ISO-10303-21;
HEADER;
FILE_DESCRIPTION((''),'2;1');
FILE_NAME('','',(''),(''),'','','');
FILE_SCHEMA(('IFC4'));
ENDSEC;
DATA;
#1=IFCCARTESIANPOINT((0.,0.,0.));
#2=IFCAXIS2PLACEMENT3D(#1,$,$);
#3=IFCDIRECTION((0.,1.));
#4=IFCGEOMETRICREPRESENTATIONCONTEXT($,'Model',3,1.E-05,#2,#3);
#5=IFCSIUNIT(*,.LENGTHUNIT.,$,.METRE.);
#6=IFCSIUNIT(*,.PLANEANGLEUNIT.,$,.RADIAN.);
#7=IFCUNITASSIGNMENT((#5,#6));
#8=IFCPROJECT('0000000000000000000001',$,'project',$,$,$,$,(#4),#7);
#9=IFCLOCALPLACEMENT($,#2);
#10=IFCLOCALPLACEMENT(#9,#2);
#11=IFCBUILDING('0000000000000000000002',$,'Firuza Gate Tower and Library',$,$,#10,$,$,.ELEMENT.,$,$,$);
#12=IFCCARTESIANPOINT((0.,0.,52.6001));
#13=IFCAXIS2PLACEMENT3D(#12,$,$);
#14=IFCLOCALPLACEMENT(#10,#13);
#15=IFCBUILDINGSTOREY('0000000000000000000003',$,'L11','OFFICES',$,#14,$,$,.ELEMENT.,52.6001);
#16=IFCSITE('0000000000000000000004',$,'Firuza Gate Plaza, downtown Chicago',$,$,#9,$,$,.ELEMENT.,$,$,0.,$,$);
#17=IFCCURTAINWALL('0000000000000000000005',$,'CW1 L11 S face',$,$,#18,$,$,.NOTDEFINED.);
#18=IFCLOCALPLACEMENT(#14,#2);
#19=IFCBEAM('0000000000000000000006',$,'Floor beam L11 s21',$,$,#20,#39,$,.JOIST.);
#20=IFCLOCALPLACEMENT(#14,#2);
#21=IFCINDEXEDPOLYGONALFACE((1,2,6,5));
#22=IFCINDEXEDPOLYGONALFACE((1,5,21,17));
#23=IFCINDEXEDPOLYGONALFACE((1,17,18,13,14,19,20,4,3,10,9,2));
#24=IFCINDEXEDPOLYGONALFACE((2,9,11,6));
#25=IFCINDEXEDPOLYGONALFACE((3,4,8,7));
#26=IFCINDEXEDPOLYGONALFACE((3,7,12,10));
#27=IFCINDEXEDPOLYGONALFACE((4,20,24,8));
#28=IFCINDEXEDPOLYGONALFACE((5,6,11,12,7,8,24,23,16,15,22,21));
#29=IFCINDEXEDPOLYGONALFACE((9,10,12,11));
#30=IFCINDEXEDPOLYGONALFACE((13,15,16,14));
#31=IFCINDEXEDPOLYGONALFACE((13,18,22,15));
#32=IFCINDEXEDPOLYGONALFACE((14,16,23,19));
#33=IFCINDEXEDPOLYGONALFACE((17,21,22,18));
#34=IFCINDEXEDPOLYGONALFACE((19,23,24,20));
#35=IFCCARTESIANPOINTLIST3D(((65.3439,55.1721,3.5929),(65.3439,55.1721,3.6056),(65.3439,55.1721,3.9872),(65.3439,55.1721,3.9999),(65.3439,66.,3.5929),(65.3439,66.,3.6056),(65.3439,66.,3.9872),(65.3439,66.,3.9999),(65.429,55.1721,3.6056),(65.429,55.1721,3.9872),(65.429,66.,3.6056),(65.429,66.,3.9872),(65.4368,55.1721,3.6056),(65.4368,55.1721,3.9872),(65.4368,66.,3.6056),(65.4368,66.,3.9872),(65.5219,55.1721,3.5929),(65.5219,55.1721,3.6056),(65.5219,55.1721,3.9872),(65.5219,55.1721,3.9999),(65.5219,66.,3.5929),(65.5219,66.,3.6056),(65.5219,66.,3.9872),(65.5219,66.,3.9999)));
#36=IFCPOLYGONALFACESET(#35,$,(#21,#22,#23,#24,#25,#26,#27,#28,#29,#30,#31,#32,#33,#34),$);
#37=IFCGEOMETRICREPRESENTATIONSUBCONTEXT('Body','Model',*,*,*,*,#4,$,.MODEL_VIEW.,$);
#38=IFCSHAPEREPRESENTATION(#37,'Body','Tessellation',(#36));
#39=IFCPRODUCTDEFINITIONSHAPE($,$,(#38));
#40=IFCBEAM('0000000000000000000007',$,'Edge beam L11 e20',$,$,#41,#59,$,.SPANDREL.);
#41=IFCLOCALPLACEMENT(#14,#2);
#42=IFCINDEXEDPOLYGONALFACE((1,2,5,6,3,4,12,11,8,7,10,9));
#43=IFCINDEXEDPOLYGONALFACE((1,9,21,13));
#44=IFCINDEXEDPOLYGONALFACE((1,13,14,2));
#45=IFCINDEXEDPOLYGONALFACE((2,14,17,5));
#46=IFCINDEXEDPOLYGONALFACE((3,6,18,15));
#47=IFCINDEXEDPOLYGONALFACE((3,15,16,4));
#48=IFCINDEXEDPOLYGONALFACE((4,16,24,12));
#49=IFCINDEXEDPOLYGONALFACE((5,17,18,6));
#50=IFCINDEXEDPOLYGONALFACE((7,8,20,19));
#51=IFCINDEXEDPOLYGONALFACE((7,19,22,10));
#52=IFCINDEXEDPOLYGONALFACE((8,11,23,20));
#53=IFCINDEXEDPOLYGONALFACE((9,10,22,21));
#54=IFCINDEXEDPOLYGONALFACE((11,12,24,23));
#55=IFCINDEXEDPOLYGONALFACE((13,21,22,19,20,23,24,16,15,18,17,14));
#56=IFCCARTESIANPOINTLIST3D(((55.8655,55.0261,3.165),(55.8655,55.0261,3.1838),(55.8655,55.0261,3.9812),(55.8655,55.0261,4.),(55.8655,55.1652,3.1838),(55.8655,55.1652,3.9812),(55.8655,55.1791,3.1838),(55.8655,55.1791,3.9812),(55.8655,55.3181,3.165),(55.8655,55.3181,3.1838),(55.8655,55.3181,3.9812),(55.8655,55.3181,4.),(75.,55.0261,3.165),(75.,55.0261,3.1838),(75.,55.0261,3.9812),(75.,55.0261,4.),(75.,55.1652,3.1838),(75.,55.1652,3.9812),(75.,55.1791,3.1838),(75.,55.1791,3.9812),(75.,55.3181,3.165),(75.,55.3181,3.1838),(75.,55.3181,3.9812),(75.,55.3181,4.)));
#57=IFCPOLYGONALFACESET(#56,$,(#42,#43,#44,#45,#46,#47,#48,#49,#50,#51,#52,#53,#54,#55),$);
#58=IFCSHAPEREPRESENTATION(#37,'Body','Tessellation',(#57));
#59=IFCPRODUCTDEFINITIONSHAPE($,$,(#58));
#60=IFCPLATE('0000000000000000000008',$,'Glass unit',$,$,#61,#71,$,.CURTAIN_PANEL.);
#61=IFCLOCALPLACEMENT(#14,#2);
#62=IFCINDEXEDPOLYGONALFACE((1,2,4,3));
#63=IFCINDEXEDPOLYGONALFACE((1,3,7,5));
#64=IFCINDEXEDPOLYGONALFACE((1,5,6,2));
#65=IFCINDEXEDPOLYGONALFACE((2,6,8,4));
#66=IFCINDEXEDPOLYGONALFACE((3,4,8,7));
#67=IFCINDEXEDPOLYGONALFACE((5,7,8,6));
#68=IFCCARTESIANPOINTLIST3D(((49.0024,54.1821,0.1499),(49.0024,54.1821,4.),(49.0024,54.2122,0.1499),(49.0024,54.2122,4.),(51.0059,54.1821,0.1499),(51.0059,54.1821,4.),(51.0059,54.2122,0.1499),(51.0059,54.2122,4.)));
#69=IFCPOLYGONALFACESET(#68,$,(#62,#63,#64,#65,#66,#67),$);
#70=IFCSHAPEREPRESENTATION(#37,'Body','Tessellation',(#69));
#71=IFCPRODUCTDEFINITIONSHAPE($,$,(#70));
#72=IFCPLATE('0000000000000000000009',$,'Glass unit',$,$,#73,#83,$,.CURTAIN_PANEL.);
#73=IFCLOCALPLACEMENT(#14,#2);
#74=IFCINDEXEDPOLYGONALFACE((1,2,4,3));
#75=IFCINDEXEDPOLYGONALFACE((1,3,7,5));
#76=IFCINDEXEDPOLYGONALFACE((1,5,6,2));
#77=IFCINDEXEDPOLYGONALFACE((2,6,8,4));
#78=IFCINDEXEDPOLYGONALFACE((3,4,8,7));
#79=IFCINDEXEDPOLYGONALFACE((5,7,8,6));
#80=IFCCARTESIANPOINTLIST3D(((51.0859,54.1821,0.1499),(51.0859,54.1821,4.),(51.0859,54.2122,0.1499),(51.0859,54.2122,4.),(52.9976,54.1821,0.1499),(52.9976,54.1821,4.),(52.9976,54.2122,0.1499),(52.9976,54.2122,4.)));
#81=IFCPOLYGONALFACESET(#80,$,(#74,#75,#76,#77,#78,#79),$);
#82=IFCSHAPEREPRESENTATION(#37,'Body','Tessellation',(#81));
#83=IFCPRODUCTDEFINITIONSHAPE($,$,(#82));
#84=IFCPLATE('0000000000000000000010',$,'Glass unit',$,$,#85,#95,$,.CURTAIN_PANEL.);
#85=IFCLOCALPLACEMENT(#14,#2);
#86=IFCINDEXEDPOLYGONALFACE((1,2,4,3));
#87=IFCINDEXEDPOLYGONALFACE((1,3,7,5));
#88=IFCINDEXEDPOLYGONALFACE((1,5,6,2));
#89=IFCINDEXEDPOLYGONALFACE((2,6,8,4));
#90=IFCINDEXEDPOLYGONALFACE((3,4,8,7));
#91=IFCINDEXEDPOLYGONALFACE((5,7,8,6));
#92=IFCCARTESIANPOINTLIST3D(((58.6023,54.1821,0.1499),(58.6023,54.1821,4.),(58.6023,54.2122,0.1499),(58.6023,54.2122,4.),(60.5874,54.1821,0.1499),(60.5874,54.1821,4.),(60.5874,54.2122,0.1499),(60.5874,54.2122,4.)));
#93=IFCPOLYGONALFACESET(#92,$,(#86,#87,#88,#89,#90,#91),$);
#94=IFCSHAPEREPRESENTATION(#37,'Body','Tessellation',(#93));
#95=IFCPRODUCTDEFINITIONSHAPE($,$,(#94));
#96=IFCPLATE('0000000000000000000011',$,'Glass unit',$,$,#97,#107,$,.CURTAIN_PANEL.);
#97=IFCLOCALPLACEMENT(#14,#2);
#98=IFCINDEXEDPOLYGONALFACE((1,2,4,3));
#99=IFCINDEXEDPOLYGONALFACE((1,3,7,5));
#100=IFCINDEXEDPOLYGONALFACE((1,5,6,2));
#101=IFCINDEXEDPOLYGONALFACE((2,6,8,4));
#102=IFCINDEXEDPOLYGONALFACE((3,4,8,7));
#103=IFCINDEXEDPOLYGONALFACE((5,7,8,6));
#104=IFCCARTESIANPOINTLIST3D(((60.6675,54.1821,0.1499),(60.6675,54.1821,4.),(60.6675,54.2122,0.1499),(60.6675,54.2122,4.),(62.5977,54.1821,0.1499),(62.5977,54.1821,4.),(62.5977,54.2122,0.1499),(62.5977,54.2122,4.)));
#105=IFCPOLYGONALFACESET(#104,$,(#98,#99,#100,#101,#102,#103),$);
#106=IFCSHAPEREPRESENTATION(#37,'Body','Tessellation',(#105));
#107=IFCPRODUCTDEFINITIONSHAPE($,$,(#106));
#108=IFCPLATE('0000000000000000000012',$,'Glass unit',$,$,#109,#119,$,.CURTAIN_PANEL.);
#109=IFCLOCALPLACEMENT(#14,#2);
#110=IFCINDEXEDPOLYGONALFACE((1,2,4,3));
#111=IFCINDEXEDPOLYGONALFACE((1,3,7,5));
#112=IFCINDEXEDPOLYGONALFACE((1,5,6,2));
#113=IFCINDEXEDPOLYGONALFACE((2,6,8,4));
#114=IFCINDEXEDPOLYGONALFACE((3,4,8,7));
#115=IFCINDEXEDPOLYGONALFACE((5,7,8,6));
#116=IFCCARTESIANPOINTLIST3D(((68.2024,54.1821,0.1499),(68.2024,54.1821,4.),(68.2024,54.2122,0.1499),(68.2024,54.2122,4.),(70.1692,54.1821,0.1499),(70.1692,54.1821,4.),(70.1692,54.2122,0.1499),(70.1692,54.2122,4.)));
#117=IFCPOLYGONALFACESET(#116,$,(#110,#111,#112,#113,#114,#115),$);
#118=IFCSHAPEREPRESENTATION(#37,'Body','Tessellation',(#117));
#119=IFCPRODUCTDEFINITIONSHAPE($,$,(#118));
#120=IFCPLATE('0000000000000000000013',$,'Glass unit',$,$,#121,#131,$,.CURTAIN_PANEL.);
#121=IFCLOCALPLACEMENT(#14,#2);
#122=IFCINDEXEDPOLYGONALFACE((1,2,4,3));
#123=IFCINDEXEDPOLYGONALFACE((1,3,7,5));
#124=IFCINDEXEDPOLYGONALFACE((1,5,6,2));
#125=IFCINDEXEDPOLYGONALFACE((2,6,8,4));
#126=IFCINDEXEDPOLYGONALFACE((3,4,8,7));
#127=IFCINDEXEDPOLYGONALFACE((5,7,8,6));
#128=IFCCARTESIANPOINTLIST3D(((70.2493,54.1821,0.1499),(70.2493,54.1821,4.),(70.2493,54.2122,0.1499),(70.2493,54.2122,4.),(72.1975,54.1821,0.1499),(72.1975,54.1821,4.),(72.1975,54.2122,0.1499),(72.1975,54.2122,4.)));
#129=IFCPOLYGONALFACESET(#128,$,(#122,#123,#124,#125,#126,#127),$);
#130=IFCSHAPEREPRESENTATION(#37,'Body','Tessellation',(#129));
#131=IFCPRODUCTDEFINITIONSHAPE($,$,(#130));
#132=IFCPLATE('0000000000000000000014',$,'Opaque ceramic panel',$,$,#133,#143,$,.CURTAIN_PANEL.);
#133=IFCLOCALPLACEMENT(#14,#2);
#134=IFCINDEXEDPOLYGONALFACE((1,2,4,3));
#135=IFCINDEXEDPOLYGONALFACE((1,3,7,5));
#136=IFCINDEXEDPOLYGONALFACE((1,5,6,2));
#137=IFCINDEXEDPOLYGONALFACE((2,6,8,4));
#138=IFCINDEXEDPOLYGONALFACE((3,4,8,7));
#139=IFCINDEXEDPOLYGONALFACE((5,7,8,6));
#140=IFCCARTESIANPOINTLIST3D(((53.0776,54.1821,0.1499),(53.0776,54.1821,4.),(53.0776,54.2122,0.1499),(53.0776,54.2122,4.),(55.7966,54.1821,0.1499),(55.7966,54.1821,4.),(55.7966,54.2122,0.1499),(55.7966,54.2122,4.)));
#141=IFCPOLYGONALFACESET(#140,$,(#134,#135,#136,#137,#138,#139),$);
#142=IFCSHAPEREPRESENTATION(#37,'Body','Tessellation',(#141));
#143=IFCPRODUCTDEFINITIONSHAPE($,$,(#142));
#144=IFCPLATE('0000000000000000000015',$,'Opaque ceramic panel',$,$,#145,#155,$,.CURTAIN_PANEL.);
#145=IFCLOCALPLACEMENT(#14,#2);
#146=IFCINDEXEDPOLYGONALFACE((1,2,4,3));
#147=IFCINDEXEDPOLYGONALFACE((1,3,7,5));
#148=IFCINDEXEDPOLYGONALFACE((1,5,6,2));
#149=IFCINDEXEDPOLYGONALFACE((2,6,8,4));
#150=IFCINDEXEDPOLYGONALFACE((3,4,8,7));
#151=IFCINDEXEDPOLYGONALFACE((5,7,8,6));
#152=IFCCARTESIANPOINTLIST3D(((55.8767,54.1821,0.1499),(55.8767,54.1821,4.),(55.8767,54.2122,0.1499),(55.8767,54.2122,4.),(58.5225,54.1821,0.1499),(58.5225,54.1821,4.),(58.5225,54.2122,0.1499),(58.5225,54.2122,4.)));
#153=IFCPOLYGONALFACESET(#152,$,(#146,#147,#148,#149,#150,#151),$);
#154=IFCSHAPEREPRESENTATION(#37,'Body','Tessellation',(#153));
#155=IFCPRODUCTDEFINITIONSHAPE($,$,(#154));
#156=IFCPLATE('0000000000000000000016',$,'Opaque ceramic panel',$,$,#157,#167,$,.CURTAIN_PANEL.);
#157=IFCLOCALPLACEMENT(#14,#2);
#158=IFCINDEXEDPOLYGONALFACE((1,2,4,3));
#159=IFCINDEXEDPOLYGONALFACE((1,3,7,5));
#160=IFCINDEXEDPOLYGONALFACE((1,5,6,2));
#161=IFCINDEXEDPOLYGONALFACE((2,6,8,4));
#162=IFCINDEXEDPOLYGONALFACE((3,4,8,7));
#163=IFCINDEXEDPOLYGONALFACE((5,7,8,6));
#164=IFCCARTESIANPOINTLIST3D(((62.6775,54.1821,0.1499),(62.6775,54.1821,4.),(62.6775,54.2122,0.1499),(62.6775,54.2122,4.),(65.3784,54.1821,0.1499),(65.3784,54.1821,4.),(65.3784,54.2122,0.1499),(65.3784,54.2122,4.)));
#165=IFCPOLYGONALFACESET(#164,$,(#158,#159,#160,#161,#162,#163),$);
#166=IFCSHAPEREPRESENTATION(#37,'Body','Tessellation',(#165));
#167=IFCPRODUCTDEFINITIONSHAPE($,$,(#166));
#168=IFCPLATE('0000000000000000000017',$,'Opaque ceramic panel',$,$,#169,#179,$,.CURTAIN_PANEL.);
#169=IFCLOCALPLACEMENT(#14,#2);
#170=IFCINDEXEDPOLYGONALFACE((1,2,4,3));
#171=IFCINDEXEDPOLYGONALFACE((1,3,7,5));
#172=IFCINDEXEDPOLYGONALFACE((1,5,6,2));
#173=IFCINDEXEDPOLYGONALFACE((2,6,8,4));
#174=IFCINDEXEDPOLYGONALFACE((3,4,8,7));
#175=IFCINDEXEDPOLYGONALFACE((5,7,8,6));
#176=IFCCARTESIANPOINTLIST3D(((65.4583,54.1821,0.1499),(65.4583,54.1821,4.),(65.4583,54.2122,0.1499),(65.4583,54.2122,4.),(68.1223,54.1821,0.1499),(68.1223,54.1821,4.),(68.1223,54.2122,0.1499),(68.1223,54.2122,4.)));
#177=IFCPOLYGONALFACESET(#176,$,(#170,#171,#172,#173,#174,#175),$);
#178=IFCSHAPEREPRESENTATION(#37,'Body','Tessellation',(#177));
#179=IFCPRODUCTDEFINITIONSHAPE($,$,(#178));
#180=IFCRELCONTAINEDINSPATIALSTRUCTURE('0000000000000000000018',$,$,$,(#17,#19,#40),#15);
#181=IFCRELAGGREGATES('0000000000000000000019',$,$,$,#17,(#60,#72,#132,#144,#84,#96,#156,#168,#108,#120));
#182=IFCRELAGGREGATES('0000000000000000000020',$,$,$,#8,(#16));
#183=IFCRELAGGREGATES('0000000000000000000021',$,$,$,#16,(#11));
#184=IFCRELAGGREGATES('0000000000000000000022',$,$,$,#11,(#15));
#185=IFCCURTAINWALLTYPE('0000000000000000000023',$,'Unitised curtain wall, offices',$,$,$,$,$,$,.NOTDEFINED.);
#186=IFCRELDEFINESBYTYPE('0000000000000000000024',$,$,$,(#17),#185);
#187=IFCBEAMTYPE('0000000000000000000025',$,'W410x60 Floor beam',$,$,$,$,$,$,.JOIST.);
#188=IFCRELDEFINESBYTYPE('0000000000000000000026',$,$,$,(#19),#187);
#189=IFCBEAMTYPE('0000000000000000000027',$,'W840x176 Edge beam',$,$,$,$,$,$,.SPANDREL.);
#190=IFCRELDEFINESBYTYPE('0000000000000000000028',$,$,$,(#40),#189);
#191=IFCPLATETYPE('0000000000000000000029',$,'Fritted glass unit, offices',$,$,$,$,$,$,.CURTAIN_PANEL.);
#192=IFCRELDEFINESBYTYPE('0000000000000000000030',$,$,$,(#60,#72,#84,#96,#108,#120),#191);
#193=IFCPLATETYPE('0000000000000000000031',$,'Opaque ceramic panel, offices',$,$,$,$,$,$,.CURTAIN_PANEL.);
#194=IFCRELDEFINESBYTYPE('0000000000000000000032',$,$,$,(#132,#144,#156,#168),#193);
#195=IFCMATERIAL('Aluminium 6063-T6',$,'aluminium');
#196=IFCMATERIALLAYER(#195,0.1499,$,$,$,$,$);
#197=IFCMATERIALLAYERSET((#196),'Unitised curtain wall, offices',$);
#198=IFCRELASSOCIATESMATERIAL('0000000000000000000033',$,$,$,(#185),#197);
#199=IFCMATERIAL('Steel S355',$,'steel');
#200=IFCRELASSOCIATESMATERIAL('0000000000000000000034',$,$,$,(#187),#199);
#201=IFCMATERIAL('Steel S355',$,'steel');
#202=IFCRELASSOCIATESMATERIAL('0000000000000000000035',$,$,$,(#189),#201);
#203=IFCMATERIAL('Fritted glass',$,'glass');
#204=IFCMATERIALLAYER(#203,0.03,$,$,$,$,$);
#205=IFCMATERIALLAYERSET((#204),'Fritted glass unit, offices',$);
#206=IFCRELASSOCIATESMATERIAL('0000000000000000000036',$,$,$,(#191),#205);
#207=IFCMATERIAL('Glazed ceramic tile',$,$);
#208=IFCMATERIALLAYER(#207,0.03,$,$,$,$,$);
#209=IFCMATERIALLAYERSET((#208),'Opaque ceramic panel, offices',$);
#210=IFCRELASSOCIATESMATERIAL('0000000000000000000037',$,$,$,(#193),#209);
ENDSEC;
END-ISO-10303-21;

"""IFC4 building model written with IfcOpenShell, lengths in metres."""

from ifc_helpers import new_model, si_unit, direction, frame, origin, origin_2d, place, context, subcontext, project, spatial, polyline, i_section, outline, extrude, material, layer, layer_set, material_profile, profile_set, type_object, element, aggregate, save


model = new_model("IFC4")

# Units and contexts
model_context = context("Model", 3, precision=1e-05, world=origin(), true_north=direction((0.0, 1.0)))
body_context = subcontext(model_context, "Body", "Model", "MODEL_VIEW")
ifc_project = project(units=[si_unit("LENGTHUNIT", "METRE"), si_unit("PLANEANGLEUNIT", "RADIAN")], contexts=[model_context])

# Site, building, storey
site_placement = place(None, origin())
site = spatial("IfcSite", under=ifc_project, at=site_placement, Name="Firuza Gate Plaza, downtown Chicago", CompositionType="ELEMENT", RefElevation=0.0)
building_placement = place(site_placement, origin())
building = spatial("IfcBuilding", under=site, at=building_placement, Name="Firuza Gate Tower and Library", CompositionType="ELEMENT")
storey_placement = place(building_placement, frame((0.0, 0.0, 52.6001)))
storey = spatial("IfcBuildingStorey", under=building, at=storey_placement, Name="L11", Description="OFFICES", CompositionType="ELEMENT", Elevation=52.6001)

# Curtain wall
ifc_material_1 = material(Name="Aluminium 6063-T6", Category="aluminium")
ifc_layer_1 = layer(ifc_material_1, 0.1499)
ifc_layer_set_1 = layer_set([ifc_layer_1], Name="Unitised curtain wall, offices")
curtain_wall_type = type_object("IfcCurtainWallType", Name="Unitised curtain wall, offices", PredefinedType="NOTDEFINED", material=ifc_layer_set_1)
curtain_wall_placement = place(storey_placement, origin())
curtain_wall = element("IfcCurtainWall", 1, at=curtain_wall_placement, inside=storey, type_object=curtain_wall_type, Name="CW1 L11 S face", PredefinedType="NOTDEFINED")

# Beams
ifc_material_2 = material(Name="Steel S355", Category="steel")
ifc_material_profile_1 = material_profile(ifc_material_2, i_section(OverallWidth=0.178, OverallDepth=0.407, WebThickness=0.0078, FlangeThickness=0.0127, at=origin_2d()))
ifc_profile_set_1 = profile_set([ifc_material_profile_1], Name="Steel S355")
beam_type_1 = type_object("IfcBeamType", Name="W410x60 Floor beam", PredefinedType="JOIST", material=ifc_profile_set_1)
beam_1_placement = place(storey_placement, frame((65.4329, 55.1721, 3.7964), z_axis=(0.0, 1.0, 0.0), x_axis=(-1.0, 0.0, 0.0)))
element("IfcBeam", 2, at=beam_1_placement, inside=storey, type_object=beam_type_1, Name="Floor beam L11 s21", PredefinedType="JOIST", context=body_context, shape_type="SweptSolid", body=[
    extrude(i_section(OverallWidth=0.178, OverallDepth=0.407, WebThickness=0.0078, FlangeThickness=0.0127, at=origin_2d()), origin(), (0.0, 0.0, 1.0), 10.8279),
])
ifc_material_3 = material(Name="Steel S355", Category="steel")
ifc_material_profile_2 = material_profile(ifc_material_3, i_section(OverallWidth=0.292, OverallDepth=0.835, WebThickness=0.0139, FlangeThickness=0.0188, at=origin_2d()))
ifc_profile_set_2 = profile_set([ifc_material_profile_2], Name="Steel S355")
beam_type_2 = type_object("IfcBeamType", Name="W840x176 Edge beam", PredefinedType="SPANDREL", material=ifc_profile_set_2)
beam_2_placement = place(storey_placement, frame((55.8655, 55.1721, 3.5825), z_axis=(1.0, 0.0, 0.0), x_axis=(0.0, 1.0, 0.0)))
element("IfcBeam", 3, at=beam_2_placement, inside=storey, type_object=beam_type_2, Name="Edge beam L11 e20", PredefinedType="SPANDREL", context=body_context, shape_type="SweptSolid", body=[
    extrude(i_section(OverallWidth=0.292, OverallDepth=0.835, WebThickness=0.0139, FlangeThickness=0.0188, at=origin_2d()), origin(), (0.0, 0.0, 1.0), 19.1345),
])

# Plates
ifc_material_4 = material(Name="Fritted glass", Category="glass")
ifc_layer_2 = layer(ifc_material_4, 0.03)
ifc_layer_set_2 = layer_set([ifc_layer_2], Name="Fritted glass unit, offices")
plate_type_1 = type_object("IfcPlateType", Name="Fritted glass unit, offices", PredefinedType="CURTAIN_PANEL", material=ifc_layer_set_2)
plate_1_placement = place(storey_placement, frame((49.0024, 54.1821, 0.1499), z_axis=(0.0, -1.0, 0.0), x_axis=(1.0, 0.0, 0.0)))
plate_1 = element("IfcPlate", 4, at=plate_1_placement, type_object=plate_type_1, Name="Glass unit", PredefinedType="CURTAIN_PANEL", context=body_context, shape_type="SweptSolid", body=[
    extrude(outline(polyline([(0.0, 0.0), (2.0034, 0.0), (2.0034, 3.8501), (0.0, 3.8501), (0.0, 0.0)])), origin(), (0.0, 0.0, -1.0), 0.03),
])
plate_2_placement = place(storey_placement, frame((51.0859, 54.1821, 0.1499), z_axis=(0.0, -1.0, 0.0), x_axis=(1.0, 0.0, 0.0)))
plate_2 = element("IfcPlate", 5, at=plate_2_placement, type_object=plate_type_1, Name="Glass unit", PredefinedType="CURTAIN_PANEL", context=body_context, shape_type="SweptSolid", body=[
    extrude(outline(polyline([(0.0, 0.0), (1.9116, 0.0), (1.9116, 3.8501), (0.0, 3.8501), (0.0, 0.0)])), origin(), (0.0, 0.0, -1.0), 0.03),
])
plate_3_placement = place(storey_placement, frame((58.6023, 54.1821, 0.1499), z_axis=(0.0, -1.0, 0.0), x_axis=(1.0, 0.0, 0.0)))
plate_3 = element("IfcPlate", 6, at=plate_3_placement, type_object=plate_type_1, Name="Glass unit", PredefinedType="CURTAIN_PANEL", context=body_context, shape_type="SweptSolid", body=[
    extrude(outline(polyline([(0.0, 0.0), (1.9851, 0.0), (1.9851, 3.8501), (0.0, 3.8501), (0.0, 0.0)])), origin(), (0.0, 0.0, -1.0), 0.03),
])
plate_4_placement = place(storey_placement, frame((60.6675, 54.1821, 0.1499), z_axis=(0.0, -1.0, 0.0), x_axis=(1.0, 0.0, 0.0)))
plate_4 = element("IfcPlate", 7, at=plate_4_placement, type_object=plate_type_1, Name="Glass unit", PredefinedType="CURTAIN_PANEL", context=body_context, shape_type="SweptSolid", body=[
    extrude(outline(polyline([(0.0, 0.0), (1.9302, 0.0), (1.9302, 3.8501), (0.0, 3.8501), (0.0, 0.0)])), origin(), (0.0, 0.0, -1.0), 0.03),
])
plate_5_placement = place(storey_placement, frame((68.2024, 54.1821, 0.1499), z_axis=(0.0, -1.0, 0.0), x_axis=(1.0, 0.0, 0.0)))
plate_5 = element("IfcPlate", 8, at=plate_5_placement, type_object=plate_type_1, Name="Glass unit", PredefinedType="CURTAIN_PANEL", context=body_context, shape_type="SweptSolid", body=[
    extrude(outline(polyline([(0.0, 0.0), (1.9668, 0.0), (1.9668, 3.8501), (0.0, 3.8501), (0.0, 0.0)])), origin(), (0.0, 0.0, -1.0), 0.03),
])
plate_6_placement = place(storey_placement, frame((70.2493, 54.1821, 0.1499), z_axis=(0.0, -1.0, 0.0), x_axis=(1.0, 0.0, 0.0)))
plate_6 = element("IfcPlate", 9, at=plate_6_placement, type_object=plate_type_1, Name="Glass unit", PredefinedType="CURTAIN_PANEL", context=body_context, shape_type="SweptSolid", body=[
    extrude(outline(polyline([(0.0, 0.0), (1.9482, 0.0), (1.9482, 3.8501), (0.0, 3.8501), (0.0, 0.0)])), origin(), (0.0, 0.0, -1.0), 0.03),
])
ifc_material_5 = material(Name="Glazed ceramic tile")
ifc_layer_3 = layer(ifc_material_5, 0.03)
ifc_layer_set_3 = layer_set([ifc_layer_3], Name="Opaque ceramic panel, offices")
plate_type_2 = type_object("IfcPlateType", Name="Opaque ceramic panel, offices", PredefinedType="CURTAIN_PANEL", material=ifc_layer_set_3)
plate_7_placement = place(storey_placement, frame((53.0776, 54.1821, 0.1499), z_axis=(0.0, -1.0, 0.0), x_axis=(1.0, 0.0, 0.0)))
plate_7 = element("IfcPlate", 10, at=plate_7_placement, type_object=plate_type_2, Name="Opaque ceramic panel", PredefinedType="CURTAIN_PANEL", context=body_context, shape_type="SweptSolid", body=[
    extrude(outline(polyline([(0.0, 0.0), (2.719, 0.0), (2.719, 3.8501), (0.0, 3.8501), (0.0, 0.0)])), origin(), (0.0, 0.0, -1.0), 0.03),
])
plate_8_placement = place(storey_placement, frame((55.8767, 54.1821, 0.1499), z_axis=(0.0, -1.0, 0.0), x_axis=(1.0, 0.0, 0.0)))
plate_8 = element("IfcPlate", 11, at=plate_8_placement, type_object=plate_type_2, Name="Opaque ceramic panel", PredefinedType="CURTAIN_PANEL", context=body_context, shape_type="SweptSolid", body=[
    extrude(outline(polyline([(0.0, 0.0), (2.6458, 0.0), (2.6458, 3.8501), (0.0, 3.8501), (0.0, 0.0)])), origin(), (0.0, 0.0, -1.0), 0.03),
])
plate_9_placement = place(storey_placement, frame((62.6775, 54.1821, 0.1499), z_axis=(0.0, -1.0, 0.0), x_axis=(1.0, 0.0, 0.0)))
plate_9 = element("IfcPlate", 12, at=plate_9_placement, type_object=plate_type_2, Name="Opaque ceramic panel", PredefinedType="CURTAIN_PANEL", context=body_context, shape_type="SweptSolid", body=[
    extrude(outline(polyline([(0.0, 0.0), (2.7009, 0.0), (2.7009, 3.8501), (0.0, 3.8501), (0.0, 0.0)])), origin(), (0.0, 0.0, -1.0), 0.03),
])
plate_10_placement = place(storey_placement, frame((65.4583, 54.1821, 0.1499), z_axis=(0.0, -1.0, 0.0), x_axis=(1.0, 0.0, 0.0)))
plate_10 = element("IfcPlate", 13, at=plate_10_placement, type_object=plate_type_2, Name="Opaque ceramic panel", PredefinedType="CURTAIN_PANEL", context=body_context, shape_type="SweptSolid", body=[
    extrude(outline(polyline([(0.0, 0.0), (2.6641, 0.0), (2.6641, 3.8501), (0.0, 3.8501), (0.0, 0.0)])), origin(), (0.0, 0.0, -1.0), 0.03),
])
aggregate(curtain_wall, [plate_1, plate_2, plate_7, plate_8, plate_3, plate_4, plate_9, plate_10, plate_5, plate_6])

save(model, "model.ifc")
